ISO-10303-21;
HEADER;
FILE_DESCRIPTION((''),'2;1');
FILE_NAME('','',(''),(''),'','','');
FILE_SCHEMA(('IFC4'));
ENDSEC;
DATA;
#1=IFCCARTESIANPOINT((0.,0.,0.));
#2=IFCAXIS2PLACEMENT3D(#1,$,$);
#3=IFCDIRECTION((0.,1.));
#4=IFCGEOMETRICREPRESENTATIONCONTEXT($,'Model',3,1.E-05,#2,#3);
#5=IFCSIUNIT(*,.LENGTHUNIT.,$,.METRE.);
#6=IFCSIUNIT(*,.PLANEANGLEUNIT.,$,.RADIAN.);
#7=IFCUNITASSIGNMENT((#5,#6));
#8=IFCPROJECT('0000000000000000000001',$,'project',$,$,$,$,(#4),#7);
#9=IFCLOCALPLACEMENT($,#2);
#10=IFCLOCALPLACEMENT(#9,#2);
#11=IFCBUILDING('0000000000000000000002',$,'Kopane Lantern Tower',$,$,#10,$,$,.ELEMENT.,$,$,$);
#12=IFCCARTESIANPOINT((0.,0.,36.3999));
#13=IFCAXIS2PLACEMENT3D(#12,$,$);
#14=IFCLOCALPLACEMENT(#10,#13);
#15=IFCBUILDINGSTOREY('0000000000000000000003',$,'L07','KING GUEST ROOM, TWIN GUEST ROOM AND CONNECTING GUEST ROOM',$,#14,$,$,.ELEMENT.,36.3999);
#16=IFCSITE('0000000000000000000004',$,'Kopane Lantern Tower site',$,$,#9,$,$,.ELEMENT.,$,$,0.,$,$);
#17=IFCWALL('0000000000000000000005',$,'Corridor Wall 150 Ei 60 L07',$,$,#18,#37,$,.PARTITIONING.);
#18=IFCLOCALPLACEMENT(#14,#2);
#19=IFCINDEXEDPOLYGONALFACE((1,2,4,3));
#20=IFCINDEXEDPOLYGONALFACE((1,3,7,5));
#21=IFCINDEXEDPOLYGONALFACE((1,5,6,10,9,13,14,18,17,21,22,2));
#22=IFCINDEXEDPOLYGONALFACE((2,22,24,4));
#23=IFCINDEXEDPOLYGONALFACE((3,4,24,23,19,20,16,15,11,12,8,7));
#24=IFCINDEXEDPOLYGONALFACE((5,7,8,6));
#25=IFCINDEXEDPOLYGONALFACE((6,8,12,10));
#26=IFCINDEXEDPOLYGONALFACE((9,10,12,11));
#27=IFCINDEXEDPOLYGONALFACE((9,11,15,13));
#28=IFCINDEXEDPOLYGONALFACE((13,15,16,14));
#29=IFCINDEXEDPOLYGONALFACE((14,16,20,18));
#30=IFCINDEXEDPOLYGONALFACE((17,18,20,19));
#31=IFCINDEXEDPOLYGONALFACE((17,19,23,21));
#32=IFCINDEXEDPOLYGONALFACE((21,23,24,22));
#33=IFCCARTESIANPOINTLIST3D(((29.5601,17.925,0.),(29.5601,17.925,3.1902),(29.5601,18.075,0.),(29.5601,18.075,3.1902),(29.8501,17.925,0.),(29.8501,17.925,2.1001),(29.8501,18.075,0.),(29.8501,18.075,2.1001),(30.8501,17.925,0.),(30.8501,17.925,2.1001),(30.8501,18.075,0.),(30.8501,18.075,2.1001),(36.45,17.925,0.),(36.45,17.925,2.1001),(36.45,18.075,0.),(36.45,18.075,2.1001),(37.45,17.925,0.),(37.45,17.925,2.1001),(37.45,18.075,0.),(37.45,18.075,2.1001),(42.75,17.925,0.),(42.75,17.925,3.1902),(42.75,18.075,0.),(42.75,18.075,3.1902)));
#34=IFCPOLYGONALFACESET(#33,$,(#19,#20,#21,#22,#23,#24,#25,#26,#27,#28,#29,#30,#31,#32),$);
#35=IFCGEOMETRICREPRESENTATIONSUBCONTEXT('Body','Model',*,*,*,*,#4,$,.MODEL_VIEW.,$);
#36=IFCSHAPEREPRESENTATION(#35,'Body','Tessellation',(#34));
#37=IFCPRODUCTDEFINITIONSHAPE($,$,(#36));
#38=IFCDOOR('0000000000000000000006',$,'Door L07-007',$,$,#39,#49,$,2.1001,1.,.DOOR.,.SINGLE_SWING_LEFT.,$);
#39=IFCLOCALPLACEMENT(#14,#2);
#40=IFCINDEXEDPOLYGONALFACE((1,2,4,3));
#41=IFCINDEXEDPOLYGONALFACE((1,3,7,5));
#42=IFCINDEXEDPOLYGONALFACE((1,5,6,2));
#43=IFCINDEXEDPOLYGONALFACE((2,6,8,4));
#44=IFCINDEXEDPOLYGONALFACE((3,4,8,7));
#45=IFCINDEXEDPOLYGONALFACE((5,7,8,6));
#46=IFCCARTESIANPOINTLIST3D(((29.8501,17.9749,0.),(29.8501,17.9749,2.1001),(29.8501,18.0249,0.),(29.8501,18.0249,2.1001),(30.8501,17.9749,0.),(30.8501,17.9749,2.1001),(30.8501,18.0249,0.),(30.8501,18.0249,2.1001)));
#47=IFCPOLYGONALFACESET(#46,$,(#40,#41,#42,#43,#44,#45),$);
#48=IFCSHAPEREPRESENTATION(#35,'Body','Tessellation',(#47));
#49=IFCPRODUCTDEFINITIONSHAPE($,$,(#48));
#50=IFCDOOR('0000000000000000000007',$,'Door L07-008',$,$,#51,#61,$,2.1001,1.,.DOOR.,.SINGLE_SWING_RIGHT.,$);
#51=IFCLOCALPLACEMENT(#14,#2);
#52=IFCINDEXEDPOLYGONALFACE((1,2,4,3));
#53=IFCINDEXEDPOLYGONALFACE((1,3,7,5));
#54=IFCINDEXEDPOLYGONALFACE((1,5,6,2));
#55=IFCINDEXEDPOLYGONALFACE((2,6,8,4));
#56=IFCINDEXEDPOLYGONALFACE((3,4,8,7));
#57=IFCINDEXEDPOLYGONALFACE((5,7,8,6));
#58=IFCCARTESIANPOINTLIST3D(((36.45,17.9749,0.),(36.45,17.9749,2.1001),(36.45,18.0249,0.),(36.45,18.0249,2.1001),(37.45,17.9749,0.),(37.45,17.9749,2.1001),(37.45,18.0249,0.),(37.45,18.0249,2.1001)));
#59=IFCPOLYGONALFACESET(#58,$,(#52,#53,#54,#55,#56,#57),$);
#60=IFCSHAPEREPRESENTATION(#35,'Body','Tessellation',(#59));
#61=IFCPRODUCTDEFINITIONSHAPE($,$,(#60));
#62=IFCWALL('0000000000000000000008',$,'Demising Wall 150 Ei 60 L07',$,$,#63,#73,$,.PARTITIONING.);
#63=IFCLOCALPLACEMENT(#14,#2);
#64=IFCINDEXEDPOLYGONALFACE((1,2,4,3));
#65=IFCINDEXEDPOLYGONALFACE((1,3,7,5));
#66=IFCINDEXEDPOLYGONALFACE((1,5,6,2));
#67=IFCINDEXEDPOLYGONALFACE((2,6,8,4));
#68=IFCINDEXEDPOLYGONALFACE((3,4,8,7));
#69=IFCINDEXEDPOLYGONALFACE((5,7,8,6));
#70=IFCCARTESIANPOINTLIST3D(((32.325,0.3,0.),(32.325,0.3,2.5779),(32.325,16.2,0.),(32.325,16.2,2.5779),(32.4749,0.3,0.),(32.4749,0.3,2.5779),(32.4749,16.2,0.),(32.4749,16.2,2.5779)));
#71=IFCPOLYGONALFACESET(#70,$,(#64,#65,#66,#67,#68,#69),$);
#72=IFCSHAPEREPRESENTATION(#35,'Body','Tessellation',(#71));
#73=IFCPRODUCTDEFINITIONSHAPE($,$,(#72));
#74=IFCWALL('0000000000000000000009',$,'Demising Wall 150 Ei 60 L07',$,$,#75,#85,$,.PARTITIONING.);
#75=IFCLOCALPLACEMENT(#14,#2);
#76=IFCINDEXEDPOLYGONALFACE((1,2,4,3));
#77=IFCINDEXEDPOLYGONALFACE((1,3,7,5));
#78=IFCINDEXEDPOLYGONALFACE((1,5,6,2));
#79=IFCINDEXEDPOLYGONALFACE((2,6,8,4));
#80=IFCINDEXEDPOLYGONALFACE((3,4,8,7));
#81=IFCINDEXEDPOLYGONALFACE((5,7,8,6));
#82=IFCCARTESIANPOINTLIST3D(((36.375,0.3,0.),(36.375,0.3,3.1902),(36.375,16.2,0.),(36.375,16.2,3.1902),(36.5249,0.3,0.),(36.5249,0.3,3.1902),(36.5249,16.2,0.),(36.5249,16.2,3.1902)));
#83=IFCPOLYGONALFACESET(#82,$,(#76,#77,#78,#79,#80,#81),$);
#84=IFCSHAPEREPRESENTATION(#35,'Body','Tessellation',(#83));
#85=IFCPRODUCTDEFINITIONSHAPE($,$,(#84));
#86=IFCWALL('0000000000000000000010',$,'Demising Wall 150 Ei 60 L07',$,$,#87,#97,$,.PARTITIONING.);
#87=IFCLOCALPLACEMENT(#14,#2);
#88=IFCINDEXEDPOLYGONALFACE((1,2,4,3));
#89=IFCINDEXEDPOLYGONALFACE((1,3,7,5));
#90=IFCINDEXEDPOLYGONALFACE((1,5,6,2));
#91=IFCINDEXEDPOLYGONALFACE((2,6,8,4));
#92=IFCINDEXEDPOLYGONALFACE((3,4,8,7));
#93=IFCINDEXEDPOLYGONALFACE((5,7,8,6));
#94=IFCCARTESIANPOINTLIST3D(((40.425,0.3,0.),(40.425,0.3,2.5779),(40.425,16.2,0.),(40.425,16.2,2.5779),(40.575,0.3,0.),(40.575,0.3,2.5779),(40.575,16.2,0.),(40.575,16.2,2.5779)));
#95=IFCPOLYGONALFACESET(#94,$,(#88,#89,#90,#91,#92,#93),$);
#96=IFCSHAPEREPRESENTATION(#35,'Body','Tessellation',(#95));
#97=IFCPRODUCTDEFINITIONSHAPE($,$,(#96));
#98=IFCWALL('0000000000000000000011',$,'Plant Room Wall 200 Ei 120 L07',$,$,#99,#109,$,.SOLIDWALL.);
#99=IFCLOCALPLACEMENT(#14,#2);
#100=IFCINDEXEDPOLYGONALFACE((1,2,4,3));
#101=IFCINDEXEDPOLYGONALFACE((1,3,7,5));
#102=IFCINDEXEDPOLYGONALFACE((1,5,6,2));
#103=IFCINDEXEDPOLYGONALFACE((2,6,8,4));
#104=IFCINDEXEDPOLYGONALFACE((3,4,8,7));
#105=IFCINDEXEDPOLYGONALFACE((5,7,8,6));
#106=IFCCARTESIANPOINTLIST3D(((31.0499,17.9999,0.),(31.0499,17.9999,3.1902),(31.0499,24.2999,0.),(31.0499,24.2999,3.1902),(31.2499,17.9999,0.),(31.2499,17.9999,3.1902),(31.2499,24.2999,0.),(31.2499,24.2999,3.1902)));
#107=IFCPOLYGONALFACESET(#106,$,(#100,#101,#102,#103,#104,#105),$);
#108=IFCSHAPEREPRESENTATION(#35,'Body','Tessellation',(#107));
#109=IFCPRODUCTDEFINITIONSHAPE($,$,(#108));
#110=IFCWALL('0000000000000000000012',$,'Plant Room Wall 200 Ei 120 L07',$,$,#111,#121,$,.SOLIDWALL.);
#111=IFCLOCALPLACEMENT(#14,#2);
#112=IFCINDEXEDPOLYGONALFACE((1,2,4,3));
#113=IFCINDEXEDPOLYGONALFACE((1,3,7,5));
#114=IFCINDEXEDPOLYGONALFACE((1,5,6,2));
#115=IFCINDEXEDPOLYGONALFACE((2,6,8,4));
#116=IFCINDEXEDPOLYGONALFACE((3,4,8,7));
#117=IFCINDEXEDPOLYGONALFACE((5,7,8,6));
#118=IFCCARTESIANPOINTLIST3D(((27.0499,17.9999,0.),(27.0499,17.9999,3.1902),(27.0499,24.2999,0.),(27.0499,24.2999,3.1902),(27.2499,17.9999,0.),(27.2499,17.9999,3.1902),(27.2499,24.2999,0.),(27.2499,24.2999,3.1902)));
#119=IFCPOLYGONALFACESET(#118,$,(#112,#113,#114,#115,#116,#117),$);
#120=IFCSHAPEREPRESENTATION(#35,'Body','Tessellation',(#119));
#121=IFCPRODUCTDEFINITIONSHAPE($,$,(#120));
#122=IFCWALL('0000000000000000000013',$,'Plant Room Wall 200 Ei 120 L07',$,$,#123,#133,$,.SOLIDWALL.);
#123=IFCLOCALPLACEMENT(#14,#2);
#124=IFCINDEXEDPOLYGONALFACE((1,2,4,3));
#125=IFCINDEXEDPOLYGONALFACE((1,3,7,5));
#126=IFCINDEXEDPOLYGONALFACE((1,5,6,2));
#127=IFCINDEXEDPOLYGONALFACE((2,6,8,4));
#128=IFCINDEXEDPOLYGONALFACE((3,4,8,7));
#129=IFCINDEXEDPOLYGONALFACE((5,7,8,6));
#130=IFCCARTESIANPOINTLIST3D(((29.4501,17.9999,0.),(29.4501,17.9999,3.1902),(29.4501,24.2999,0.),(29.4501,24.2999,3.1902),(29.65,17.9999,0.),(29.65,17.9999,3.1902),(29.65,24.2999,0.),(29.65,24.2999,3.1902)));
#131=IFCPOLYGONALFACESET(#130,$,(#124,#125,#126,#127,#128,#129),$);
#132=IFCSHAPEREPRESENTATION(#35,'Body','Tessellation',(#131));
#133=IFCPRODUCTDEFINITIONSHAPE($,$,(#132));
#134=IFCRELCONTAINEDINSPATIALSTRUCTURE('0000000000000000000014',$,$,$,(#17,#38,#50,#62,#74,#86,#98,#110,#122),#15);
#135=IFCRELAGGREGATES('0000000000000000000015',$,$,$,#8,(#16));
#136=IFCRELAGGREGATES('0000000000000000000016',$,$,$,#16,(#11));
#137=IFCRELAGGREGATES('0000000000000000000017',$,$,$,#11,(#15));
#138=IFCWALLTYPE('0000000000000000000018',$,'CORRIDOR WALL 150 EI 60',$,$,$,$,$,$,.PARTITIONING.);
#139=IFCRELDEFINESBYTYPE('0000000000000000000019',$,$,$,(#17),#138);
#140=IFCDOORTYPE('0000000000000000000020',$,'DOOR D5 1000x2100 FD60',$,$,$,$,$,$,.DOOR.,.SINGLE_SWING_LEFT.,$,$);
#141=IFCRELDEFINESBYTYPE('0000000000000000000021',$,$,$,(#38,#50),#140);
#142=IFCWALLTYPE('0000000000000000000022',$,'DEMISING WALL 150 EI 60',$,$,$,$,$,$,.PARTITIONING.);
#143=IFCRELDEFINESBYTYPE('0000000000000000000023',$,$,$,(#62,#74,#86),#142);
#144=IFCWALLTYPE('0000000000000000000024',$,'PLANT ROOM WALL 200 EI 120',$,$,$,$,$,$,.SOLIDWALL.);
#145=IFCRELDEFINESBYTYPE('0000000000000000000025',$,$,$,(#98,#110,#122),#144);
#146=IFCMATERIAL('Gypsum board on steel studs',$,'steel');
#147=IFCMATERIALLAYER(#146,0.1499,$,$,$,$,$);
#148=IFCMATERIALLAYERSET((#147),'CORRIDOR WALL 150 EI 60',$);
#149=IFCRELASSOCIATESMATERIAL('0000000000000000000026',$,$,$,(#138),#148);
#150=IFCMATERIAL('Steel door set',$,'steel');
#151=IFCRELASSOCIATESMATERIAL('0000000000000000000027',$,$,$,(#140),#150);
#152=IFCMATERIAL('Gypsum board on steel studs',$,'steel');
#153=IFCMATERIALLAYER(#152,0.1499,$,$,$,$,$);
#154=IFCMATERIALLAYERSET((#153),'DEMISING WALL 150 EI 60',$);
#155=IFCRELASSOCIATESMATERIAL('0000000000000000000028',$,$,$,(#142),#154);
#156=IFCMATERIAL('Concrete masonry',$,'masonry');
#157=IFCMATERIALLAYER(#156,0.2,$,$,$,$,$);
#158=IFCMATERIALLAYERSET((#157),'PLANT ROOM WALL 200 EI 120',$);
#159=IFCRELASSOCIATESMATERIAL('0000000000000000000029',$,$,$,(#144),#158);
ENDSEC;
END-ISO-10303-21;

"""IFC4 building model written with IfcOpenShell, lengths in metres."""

from ifc_helpers import new_model, si_unit, direction, frame, frame_2d, origin, place, context, subcontext, project, spatial, rectangle, extrude, material, layer, layer_set, type_object, element, fill, save


model = new_model("IFC4")

# Units and contexts
model_context = context("Model", 3, precision=1e-05, world=origin(), true_north=direction((0.0, 1.0)))
body_context = subcontext(model_context, "Body", "Model", "MODEL_VIEW")
ifc_project = project(units=[si_unit("LENGTHUNIT", "METRE"), si_unit("PLANEANGLEUNIT", "RADIAN")], contexts=[model_context])

# Site, building, storey
site_placement = place(None, origin())
site = spatial("IfcSite", under=ifc_project, at=site_placement, Name="Kopane Lantern Tower site", CompositionType="ELEMENT", RefElevation=0.0)
building_placement = place(site_placement, origin())
building = spatial("IfcBuilding", under=site, at=building_placement, Name="Kopane Lantern Tower", CompositionType="ELEMENT")
storey_placement = place(building_placement, frame((0.0, 0.0, 36.3999)))
storey = spatial("IfcBuildingStorey", under=building, at=storey_placement, Name="L07", Description="KING GUEST ROOM, TWIN GUEST ROOM AND CONNECTING GUEST ROOM", CompositionType="ELEMENT", Elevation=36.3999)

# Wall, openings, doors
ifc_material_1 = material(Name="Gypsum board on steel studs", Category="steel")
ifc_layer_1 = layer(ifc_material_1, 0.1499)
ifc_layer_set_1 = layer_set([ifc_layer_1], Name="CORRIDOR WALL 150 EI 60")
wall_type_1 = type_object("IfcWallType", Name="CORRIDOR WALL 150 EI 60", PredefinedType="PARTITIONING", material=ifc_layer_set_1)
wall_1_placement = place(storey_placement, frame((29.5601, 18.0, 0.0), z_axis=(0.0, 0.0, 1.0), x_axis=(1.0, 0.0, 0.0)))
wall_1 = element("IfcWall", 1, at=wall_1_placement, inside=storey, type_object=wall_type_1, Name="Corridor Wall 150 Ei 60 L07", PredefinedType="PARTITIONING", context=body_context, shape_type="SweptSolid", body=[
    extrude(rectangle(XDim=13.1899, YDim=0.1499, at=frame_2d((6.595, 0.0))), origin(), (0.0, 0.0, 1.0), 3.1902),
])
opening_1_placement = place(wall_1_placement, frame((0.29, 0.0, 0.0)))
opening_1 = element("IfcOpeningElement", 2, at=opening_1_placement, cuts=wall_1, PredefinedType="OPENING", context=body_context, shape_type="SweptSolid", body=[
    extrude(rectangle(XDim=1.0, YDim=2.1001, at=frame_2d((0.5, 1.05))), frame((0.0, 0.085, 0.0), z_axis=(0.0, -1.0, 0.0), x_axis=(1.0, 0.0, 0.0)), (0.0, 0.0, 1.0), 0.1699),
])
opening_2_placement = place(wall_1_placement, frame((6.8899, 0.0, 0.0)))
opening_2 = element("IfcOpeningElement", 3, at=opening_2_placement, cuts=wall_1, PredefinedType="OPENING", context=body_context, shape_type="SweptSolid", body=[
    extrude(rectangle(XDim=1.0, YDim=2.1001, at=frame_2d((0.5, 1.05))), frame((0.0, 0.085, 0.0), z_axis=(0.0, -1.0, 0.0), x_axis=(1.0, 0.0, 0.0)), (0.0, 0.0, 1.0), 0.1699),
])
ifc_material_2 = material(Name="Steel door set", Category="steel")
door_type_1 = type_object("IfcDoorType", Name="DOOR D5 1000x2100 FD60", OperationType="SINGLE_SWING_LEFT", PredefinedType="DOOR", material=ifc_material_2)
door_1_placement = place(opening_1_placement, origin())
door_1 = element("IfcDoor", 4, at=door_1_placement, inside=storey, type_object=door_type_1, Name="Door L07-007", OperationType="SINGLE_SWING_LEFT", OverallHeight=2.1001, OverallWidth=1.0, PredefinedType="DOOR", context=body_context, shape_type="SweptSolid", body=[
    extrude(rectangle(XDim=1.0, YDim=2.1001, at=frame_2d((0.5, 1.05))), frame((0.0, 0.0249, 0.0), z_axis=(0.0, -1.0, 0.0), x_axis=(1.0, 0.0, 0.0)), (0.0, 0.0, 1.0), 0.05),
])
fill(opening_1, door_1)
door_2_placement = place(opening_2_placement, origin())
door_2 = element("IfcDoor", 5, at=door_2_placement, inside=storey, type_object=door_type_1, Name="Door L07-008", OperationType="SINGLE_SWING_RIGHT", OverallHeight=2.1001, OverallWidth=1.0, PredefinedType="DOOR", context=body_context, shape_type="SweptSolid", body=[
    extrude(rectangle(XDim=1.0, YDim=2.1001, at=frame_2d((0.5, 1.05))), frame((0.0, 0.0249, 0.0), z_axis=(0.0, -1.0, 0.0), x_axis=(1.0, 0.0, 0.0)), (0.0, 0.0, 1.0), 0.05),
])
fill(opening_2, door_2)

# Walls
ifc_material_3 = material(Name="Gypsum board on steel studs", Category="steel")
ifc_layer_2 = layer(ifc_material_3, 0.1499)
ifc_layer_set_2 = layer_set([ifc_layer_2], Name="DEMISING WALL 150 EI 60")
wall_type_2 = type_object("IfcWallType", Name="DEMISING WALL 150 EI 60", PredefinedType="PARTITIONING", material=ifc_layer_set_2)
wall_2_placement = place(storey_placement, frame((32.3999, 16.2, 0.0), z_axis=(0.0, 0.0, 1.0), x_axis=(0.0, -1.0, 0.0)))
element("IfcWall", 6, at=wall_2_placement, inside=storey, type_object=wall_type_2, Name="Demising Wall 150 Ei 60 L07", PredefinedType="PARTITIONING", context=body_context, shape_type="SweptSolid", body=[
    extrude(rectangle(XDim=15.8999, YDim=0.1499, at=frame_2d((7.95, 0.0))), origin(), (0.0, 0.0, 1.0), 2.5779),
])
wall_3_placement = place(storey_placement, frame((36.45, 16.2, 0.0), z_axis=(0.0, 0.0, 1.0), x_axis=(0.0, -1.0, 0.0)))
element("IfcWall", 7, at=wall_3_placement, inside=storey, type_object=wall_type_2, Name="Demising Wall 150 Ei 60 L07", PredefinedType="PARTITIONING", context=body_context, shape_type="SweptSolid", body=[
    extrude(rectangle(XDim=15.8999, YDim=0.1499, at=frame_2d((7.95, 0.0))), origin(), (0.0, 0.0, 1.0), 3.1902),
])
wall_4_placement = place(storey_placement, frame((40.5, 16.2, 0.0), z_axis=(0.0, 0.0, 1.0), x_axis=(0.0, -1.0, 0.0)))
element("IfcWall", 8, at=wall_4_placement, inside=storey, type_object=wall_type_2, Name="Demising Wall 150 Ei 60 L07", PredefinedType="PARTITIONING", context=body_context, shape_type="SweptSolid", body=[
    extrude(rectangle(XDim=15.8999, YDim=0.1499, at=frame_2d((7.95, 0.0))), origin(), (0.0, 0.0, 1.0), 2.5779),
])
ifc_material_4 = material(Name="Concrete masonry", Category="masonry")
ifc_layer_3 = layer(ifc_material_4, 0.2)
ifc_layer_set_3 = layer_set([ifc_layer_3], Name="PLANT ROOM WALL 200 EI 120")
wall_type_3 = type_object("IfcWallType", Name="PLANT ROOM WALL 200 EI 120", PredefinedType="SOLIDWALL", material=ifc_layer_set_3)
for number, where, z_axis, x_axis, name in (
    (9, (31.1499, 18.0, 0.0), (0.0, 0.0, 1.0), (0.0, 1.0, 0.0), "Plant Room Wall 200 Ei 120 L07"),
    (10, (27.1499, 18.0, 0.0), (0.0, 0.0, 1.0), (0.0, 1.0, 0.0), "Plant Room Wall 200 Ei 120 L07"),
    (11, (29.55, 18.0, 0.0), (0.0, 0.0, 1.0), (0.0, 1.0, 0.0), "Plant Room Wall 200 Ei 120 L07"),
):
    element("IfcWall", number, at=place(storey_placement, frame(where, z_axis=z_axis, x_axis=x_axis)), inside=storey, type_object=wall_type_3, Name=name, PredefinedType="SOLIDWALL", context=body_context, shape_type="SweptSolid", body=[
        extrude(rectangle(XDim=6.3, YDim=0.2, at=frame_2d((3.1499, 0.0))), origin(), (0.0, 0.0, 1.0), 3.1902),
    ])

save(model, "model.ifc")
